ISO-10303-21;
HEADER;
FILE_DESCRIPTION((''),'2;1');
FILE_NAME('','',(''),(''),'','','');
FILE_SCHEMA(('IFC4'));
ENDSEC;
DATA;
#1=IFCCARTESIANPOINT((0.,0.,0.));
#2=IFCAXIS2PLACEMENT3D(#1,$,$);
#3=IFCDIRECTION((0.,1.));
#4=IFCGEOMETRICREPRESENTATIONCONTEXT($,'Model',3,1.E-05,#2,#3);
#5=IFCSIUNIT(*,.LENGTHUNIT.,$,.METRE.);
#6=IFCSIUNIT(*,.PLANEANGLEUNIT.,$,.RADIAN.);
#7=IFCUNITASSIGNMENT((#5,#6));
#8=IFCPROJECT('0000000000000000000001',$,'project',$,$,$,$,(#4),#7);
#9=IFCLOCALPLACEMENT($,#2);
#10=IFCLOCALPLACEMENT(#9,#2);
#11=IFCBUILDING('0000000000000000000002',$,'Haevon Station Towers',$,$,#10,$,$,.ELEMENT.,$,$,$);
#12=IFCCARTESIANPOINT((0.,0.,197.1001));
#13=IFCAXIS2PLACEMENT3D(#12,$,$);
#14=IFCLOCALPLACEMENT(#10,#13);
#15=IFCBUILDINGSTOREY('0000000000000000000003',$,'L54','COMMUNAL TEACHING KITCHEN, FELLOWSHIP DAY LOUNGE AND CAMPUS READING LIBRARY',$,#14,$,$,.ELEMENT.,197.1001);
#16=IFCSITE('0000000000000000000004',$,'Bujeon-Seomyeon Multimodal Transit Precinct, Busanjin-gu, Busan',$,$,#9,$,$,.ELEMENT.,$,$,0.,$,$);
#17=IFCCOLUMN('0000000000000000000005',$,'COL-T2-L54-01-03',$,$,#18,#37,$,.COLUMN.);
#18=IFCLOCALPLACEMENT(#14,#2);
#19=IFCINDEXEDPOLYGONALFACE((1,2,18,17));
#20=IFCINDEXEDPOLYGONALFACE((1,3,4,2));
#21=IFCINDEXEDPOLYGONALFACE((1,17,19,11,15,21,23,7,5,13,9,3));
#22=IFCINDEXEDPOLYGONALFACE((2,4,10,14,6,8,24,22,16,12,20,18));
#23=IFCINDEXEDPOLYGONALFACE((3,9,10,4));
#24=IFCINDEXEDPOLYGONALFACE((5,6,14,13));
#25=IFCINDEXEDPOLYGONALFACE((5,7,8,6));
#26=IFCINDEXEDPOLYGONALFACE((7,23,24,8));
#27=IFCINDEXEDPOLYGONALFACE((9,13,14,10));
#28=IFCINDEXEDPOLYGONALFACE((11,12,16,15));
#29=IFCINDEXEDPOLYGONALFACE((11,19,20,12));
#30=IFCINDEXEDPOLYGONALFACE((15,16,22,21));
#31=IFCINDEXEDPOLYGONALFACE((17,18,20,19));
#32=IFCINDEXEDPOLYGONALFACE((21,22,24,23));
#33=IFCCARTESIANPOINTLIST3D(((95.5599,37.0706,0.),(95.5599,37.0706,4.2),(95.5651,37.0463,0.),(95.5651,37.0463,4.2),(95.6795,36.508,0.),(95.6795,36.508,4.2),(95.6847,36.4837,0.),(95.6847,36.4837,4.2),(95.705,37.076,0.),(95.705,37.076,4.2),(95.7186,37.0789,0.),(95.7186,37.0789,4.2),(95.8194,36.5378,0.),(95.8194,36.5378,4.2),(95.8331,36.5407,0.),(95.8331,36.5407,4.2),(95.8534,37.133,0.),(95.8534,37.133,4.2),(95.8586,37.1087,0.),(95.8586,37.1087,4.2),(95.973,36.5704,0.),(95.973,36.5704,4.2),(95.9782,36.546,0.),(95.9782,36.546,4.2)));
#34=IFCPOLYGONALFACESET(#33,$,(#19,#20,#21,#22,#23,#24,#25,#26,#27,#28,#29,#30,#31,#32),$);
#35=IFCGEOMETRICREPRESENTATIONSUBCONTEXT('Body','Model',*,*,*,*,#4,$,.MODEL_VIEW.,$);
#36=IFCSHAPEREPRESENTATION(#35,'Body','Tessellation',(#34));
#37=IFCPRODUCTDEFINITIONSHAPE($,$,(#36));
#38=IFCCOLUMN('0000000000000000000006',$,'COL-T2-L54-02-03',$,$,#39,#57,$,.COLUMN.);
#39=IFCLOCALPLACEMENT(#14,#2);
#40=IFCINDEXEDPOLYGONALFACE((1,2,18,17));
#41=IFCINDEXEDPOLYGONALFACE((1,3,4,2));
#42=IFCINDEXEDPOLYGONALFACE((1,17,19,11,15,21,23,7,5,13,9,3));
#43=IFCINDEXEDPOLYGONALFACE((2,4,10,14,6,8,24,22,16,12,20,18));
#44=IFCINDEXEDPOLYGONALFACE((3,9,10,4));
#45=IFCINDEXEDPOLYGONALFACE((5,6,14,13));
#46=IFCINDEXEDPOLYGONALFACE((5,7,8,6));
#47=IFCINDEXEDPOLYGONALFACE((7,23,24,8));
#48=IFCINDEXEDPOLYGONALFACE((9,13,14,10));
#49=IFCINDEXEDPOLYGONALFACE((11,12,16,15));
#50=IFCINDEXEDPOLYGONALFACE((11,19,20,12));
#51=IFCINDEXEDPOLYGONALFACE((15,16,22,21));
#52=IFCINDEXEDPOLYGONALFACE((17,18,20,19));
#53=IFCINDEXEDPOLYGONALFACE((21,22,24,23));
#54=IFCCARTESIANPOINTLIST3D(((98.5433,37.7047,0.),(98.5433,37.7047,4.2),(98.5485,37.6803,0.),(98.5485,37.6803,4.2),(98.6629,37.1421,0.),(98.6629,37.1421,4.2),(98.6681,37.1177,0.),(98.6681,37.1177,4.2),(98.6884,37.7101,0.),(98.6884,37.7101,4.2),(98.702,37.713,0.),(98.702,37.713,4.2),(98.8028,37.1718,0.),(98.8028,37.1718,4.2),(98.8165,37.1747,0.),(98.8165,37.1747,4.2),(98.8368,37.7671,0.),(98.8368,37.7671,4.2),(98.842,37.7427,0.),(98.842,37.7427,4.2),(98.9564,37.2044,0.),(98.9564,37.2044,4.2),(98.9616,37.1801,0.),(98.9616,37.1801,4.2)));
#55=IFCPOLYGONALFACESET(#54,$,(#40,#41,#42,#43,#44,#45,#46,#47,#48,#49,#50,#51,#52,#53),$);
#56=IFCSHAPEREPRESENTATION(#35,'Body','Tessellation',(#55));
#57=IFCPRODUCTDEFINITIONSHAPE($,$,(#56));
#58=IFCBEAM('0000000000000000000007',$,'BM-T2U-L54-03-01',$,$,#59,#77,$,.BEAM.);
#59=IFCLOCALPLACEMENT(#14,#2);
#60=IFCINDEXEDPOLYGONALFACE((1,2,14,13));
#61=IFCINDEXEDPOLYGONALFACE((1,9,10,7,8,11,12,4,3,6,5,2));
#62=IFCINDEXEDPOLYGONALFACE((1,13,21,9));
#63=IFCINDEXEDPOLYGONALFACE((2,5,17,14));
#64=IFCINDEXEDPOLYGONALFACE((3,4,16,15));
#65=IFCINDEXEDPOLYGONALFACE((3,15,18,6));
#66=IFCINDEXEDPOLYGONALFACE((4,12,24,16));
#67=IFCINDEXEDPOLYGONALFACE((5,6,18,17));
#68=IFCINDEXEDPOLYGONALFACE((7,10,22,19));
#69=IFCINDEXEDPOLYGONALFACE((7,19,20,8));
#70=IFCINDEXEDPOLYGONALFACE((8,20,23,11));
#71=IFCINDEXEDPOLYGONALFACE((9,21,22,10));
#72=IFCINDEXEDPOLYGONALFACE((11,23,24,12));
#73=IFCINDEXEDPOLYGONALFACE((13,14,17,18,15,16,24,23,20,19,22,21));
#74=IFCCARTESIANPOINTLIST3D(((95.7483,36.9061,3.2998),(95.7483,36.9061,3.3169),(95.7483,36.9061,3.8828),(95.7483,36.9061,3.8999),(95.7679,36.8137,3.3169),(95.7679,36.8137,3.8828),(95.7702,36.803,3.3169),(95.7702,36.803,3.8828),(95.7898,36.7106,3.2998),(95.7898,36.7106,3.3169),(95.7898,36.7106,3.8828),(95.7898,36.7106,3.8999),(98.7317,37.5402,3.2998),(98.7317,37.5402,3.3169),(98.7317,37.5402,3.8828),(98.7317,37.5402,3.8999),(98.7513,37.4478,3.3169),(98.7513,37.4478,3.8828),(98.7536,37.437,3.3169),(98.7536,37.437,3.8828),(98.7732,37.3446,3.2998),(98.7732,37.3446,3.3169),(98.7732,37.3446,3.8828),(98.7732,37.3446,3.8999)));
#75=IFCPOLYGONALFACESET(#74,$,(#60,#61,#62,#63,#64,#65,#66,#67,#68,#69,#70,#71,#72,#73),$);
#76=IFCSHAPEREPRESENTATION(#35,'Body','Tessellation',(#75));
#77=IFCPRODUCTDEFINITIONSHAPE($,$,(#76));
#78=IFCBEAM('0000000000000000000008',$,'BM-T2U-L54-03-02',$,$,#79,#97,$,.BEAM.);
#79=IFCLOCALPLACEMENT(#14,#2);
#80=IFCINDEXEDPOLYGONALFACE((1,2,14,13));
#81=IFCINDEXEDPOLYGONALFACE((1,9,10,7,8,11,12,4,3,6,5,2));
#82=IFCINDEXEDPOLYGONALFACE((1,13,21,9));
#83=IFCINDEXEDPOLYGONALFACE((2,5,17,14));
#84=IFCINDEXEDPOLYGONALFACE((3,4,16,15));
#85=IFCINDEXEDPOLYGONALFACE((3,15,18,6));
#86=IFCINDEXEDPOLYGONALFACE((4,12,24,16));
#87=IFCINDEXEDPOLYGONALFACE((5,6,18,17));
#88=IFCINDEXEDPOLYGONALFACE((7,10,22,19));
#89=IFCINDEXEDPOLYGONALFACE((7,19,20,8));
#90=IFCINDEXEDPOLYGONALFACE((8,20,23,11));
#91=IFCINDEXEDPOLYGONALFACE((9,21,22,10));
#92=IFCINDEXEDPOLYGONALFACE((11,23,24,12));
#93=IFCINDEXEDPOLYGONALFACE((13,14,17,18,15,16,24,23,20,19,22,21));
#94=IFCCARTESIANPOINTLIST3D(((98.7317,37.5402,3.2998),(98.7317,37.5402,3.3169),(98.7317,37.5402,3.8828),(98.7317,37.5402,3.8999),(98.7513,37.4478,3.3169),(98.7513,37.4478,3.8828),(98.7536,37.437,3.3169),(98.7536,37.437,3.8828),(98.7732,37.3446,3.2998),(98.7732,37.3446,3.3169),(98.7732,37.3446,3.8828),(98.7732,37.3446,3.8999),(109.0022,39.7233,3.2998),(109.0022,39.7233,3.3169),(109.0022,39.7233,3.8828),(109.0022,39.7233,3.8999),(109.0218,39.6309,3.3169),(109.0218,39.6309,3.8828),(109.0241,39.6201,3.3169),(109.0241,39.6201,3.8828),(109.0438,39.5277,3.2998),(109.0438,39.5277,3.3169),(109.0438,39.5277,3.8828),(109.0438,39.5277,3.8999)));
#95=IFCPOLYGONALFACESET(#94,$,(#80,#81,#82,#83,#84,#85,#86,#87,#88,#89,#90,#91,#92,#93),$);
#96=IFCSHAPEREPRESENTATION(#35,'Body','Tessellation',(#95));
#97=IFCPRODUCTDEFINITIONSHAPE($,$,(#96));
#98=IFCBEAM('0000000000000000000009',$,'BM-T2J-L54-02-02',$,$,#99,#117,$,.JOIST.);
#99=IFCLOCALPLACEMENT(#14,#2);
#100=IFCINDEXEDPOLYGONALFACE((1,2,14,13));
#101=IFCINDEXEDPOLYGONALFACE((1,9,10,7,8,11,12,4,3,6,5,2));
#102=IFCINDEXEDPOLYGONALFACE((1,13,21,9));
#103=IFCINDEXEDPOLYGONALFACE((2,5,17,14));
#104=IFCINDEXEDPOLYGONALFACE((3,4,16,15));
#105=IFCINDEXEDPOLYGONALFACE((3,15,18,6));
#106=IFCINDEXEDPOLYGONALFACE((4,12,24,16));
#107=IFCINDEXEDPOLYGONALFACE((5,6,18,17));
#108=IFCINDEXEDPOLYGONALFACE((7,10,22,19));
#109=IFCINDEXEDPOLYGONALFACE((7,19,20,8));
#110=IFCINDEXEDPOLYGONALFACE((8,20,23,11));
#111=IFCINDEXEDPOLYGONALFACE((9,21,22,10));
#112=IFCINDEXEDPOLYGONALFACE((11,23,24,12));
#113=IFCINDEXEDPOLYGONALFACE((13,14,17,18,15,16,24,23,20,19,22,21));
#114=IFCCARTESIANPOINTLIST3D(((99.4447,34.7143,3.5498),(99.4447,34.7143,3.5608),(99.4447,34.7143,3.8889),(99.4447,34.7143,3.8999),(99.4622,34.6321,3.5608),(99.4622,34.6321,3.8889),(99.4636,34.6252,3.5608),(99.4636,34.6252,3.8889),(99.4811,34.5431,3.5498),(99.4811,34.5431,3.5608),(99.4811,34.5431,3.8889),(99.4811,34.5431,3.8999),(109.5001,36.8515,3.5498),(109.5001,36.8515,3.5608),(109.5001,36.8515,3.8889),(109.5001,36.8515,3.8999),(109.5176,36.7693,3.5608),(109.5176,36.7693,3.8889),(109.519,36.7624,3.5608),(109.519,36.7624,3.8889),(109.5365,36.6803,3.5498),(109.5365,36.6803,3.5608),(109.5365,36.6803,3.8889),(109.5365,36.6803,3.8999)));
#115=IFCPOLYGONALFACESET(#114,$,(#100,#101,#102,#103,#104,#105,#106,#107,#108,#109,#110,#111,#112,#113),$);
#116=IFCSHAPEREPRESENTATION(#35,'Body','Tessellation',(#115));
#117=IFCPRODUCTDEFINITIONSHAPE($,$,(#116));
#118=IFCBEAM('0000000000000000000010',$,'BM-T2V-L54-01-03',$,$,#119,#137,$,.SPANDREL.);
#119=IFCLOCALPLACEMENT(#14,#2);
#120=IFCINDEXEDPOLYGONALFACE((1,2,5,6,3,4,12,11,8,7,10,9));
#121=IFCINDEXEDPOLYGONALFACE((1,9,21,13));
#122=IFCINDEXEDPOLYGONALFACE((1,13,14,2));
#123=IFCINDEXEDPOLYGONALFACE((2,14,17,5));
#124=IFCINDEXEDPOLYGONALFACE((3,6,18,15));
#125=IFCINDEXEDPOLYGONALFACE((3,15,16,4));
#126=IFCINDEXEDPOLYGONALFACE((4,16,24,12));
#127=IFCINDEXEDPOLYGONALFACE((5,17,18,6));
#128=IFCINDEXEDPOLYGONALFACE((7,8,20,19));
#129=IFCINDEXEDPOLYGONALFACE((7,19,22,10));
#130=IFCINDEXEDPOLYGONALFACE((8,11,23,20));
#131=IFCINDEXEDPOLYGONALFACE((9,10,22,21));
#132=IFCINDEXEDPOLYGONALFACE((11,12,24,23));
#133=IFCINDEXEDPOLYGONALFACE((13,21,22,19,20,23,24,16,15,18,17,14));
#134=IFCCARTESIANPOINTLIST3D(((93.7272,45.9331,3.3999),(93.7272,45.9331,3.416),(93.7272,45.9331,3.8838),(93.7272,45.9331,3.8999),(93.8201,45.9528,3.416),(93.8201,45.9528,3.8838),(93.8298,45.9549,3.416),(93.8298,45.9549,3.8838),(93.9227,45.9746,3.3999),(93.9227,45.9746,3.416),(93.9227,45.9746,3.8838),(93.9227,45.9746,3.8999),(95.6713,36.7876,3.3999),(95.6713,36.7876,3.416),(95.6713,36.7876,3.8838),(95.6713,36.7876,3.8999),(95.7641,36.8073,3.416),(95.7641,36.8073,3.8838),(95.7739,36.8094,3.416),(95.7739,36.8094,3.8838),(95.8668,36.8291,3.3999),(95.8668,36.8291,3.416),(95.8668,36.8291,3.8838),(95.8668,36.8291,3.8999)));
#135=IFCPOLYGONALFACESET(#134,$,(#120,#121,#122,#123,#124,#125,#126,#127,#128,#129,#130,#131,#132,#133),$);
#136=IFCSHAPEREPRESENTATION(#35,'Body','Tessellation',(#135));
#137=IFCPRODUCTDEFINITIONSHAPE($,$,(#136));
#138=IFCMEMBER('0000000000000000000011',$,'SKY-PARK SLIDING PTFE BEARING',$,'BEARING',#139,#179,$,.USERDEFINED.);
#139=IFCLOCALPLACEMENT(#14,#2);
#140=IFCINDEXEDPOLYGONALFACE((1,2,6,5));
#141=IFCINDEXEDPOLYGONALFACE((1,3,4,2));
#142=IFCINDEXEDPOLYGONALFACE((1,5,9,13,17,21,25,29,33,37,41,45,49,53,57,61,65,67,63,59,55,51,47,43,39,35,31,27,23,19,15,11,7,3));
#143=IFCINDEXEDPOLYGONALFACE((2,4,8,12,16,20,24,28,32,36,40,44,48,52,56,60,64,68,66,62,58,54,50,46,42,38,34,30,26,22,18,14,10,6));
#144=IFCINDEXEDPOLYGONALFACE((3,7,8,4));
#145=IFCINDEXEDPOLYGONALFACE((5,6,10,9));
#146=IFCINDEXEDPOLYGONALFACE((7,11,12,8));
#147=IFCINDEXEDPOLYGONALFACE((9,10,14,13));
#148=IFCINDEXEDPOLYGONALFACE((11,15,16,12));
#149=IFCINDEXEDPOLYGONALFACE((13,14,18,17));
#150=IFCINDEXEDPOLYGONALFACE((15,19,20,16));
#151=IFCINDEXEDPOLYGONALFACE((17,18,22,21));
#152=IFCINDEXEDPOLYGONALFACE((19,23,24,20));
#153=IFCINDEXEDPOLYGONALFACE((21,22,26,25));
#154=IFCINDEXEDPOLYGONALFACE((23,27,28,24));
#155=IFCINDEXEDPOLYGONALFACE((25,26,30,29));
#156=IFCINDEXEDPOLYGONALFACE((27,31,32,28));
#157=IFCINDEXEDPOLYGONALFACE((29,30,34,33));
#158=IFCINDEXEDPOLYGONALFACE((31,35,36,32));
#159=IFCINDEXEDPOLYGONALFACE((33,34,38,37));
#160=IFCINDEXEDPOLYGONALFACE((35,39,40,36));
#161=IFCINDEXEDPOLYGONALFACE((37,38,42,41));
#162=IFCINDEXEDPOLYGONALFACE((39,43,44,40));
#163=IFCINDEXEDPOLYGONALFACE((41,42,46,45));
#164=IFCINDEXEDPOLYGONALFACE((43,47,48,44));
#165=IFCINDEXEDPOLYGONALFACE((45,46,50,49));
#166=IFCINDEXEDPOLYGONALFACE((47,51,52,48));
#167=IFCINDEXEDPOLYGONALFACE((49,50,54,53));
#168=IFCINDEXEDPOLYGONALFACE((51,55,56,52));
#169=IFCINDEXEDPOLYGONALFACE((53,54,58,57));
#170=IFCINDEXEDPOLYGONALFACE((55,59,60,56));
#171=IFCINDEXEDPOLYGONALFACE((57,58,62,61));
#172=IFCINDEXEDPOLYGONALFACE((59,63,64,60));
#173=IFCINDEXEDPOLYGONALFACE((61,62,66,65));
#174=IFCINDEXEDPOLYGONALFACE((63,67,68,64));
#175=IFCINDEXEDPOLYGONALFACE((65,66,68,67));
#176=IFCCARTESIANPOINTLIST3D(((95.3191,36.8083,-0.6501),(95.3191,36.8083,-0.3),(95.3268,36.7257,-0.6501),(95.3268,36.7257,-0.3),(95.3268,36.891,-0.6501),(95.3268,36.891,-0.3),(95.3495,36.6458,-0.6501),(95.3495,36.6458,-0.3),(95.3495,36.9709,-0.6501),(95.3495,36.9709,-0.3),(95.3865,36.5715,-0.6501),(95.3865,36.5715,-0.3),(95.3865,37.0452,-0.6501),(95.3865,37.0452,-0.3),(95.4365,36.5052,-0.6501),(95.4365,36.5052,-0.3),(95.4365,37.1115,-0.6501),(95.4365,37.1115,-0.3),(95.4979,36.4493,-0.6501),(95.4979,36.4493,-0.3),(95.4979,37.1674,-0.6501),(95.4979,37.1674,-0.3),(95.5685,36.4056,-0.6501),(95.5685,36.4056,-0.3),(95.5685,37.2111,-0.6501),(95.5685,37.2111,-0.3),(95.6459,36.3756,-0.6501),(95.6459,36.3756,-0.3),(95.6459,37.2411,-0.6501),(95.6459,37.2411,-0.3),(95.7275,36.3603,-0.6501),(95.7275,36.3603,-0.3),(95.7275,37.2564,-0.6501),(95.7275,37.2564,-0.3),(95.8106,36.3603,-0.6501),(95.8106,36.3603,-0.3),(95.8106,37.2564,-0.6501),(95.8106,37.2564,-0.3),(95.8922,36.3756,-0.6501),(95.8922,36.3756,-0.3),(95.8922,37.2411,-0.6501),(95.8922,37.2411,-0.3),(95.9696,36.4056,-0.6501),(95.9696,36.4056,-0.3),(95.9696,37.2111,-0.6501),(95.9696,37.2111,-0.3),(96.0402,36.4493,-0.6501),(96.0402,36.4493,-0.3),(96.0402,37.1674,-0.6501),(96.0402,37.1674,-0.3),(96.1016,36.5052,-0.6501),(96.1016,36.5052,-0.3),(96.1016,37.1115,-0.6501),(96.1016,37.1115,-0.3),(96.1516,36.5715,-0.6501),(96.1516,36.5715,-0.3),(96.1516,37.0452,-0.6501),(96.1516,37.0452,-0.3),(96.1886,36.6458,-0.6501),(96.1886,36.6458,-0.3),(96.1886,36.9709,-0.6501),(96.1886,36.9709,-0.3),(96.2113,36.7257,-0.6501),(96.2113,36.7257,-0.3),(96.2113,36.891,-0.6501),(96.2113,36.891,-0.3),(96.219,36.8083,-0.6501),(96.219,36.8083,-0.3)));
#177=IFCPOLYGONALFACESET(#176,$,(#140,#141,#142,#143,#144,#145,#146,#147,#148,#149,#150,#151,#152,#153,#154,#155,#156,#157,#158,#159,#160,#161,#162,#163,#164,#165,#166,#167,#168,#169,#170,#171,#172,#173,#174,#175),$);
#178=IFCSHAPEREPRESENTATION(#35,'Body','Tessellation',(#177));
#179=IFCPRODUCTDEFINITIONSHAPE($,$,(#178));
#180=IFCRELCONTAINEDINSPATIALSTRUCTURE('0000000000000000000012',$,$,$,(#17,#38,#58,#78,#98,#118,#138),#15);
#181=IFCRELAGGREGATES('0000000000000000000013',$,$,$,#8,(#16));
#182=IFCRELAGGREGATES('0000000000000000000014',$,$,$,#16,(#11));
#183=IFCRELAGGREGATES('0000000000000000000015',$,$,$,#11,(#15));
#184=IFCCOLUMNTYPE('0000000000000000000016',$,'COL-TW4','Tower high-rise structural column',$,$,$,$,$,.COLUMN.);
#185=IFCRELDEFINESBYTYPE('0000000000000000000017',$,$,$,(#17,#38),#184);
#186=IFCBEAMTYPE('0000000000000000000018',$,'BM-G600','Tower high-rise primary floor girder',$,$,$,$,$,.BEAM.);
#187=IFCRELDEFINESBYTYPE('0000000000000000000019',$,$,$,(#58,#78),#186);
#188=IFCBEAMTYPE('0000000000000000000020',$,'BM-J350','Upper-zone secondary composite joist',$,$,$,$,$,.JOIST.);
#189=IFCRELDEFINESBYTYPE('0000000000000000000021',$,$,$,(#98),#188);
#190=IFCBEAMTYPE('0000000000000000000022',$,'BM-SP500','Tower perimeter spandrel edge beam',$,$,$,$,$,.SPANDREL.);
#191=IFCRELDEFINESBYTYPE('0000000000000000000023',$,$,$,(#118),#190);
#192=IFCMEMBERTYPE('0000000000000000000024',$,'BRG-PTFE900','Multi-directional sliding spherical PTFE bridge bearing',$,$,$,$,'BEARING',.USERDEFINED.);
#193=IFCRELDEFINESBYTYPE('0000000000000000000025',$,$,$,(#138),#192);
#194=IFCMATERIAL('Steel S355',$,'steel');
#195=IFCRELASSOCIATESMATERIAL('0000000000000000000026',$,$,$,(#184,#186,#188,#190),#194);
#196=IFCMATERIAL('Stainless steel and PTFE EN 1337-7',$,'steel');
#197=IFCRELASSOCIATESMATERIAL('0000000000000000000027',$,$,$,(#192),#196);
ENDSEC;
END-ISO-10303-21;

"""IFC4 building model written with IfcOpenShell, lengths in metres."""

from ifc_helpers import new_model, si_unit, direction, frame, origin, origin_2d, place, context, subcontext, project, spatial, circle, i_section, extrude, material, material_profile, profile_set, type_object, element, save


model = new_model("IFC4")

# Units and contexts
model_context = context("Model", 3, precision=1e-05, world=origin(), true_north=direction((0.0, 1.0)))
body_context = subcontext(model_context, "Body", "Model", "MODEL_VIEW")
ifc_project = project(units=[si_unit("LENGTHUNIT", "METRE"), si_unit("PLANEANGLEUNIT", "RADIAN")], contexts=[model_context])

# Site, building, storey
site_placement = place(None, origin())
site = spatial("IfcSite", under=ifc_project, at=site_placement, Name="Bujeon-Seomyeon Multimodal Transit Precinct, Busanjin-gu, Busan", CompositionType="ELEMENT", RefElevation=0.0)
building_placement = place(site_placement, origin())
building = spatial("IfcBuilding", under=site, at=building_placement, Name="Haevon Station Towers", CompositionType="ELEMENT")
storey_placement = place(building_placement, frame((0.0, 0.0, 197.1001)))
storey = spatial("IfcBuildingStorey", under=building, at=storey_placement, Name="L54", Description="COMMUNAL TEACHING KITCHEN, FELLOWSHIP DAY LOUNGE AND CAMPUS READING LIBRARY", CompositionType="ELEMENT", Elevation=197.1001)

# Columns
ifc_material_1 = material(Name="Steel S355", Category="steel")
ifc_material_profile_1 = material_profile(ifc_material_1, i_section(OverallWidth=0.3, OverallDepth=0.6001, WebThickness=0.0139, FlangeThickness=0.0249, at=origin_2d()), Name="H-600x300x14x25")
ifc_profile_set_1 = profile_set([ifc_material_profile_1], Name="Steel S355")
column_type = type_object("IfcColumnType", Name="COL-TW4", Description="Tower high-rise structural column", PredefinedType="COLUMN", material=ifc_profile_set_1)
for number, where, z_axis, x_axis, name in (
    (1, (95.769, 36.8083, 0.0), (0.0, 0.0, 1.0), (0.978148, 0.207912, 0.0), "COL-T2-L54-01-03"),
    (2, (98.7524, 37.4424, 0.0), (0.0, 0.0, 1.0), (0.978148, 0.207912, 0.0), "COL-T2-L54-02-03"),
):
    element("IfcColumn", number, at=place(storey_placement, frame(where, z_axis=z_axis, x_axis=x_axis)), inside=storey, type_object=column_type, Name=name, PredefinedType="COLUMN", context=body_context, shape_type="SweptSolid", body=[
        extrude(i_section(OverallWidth=0.3, OverallDepth=0.6001, WebThickness=0.0139, FlangeThickness=0.0249, at=origin_2d()), origin(), (0.0, 0.0, 1.0), 4.2),
    ])

# Beams
ifc_material_profile_2 = material_profile(ifc_material_1, i_section(OverallWidth=0.2, OverallDepth=0.6001, WebThickness=0.011, FlangeThickness=0.0171, at=origin_2d()), Name="H-600x200x11x17")
ifc_profile_set_2 = profile_set([ifc_material_profile_2], Name="Steel S355")
beam_type_1 = type_object("IfcBeamType", Name="BM-G600", Description="Tower high-rise primary floor girder", PredefinedType="BEAM", material=ifc_profile_set_2)
beam_1_placement = place(storey_placement, frame((95.769, 36.8083, 3.5999), z_axis=(0.978155, 0.207878, 0.0), x_axis=(-0.207878, 0.978155, 0.0)))
element("IfcBeam", 3, at=beam_1_placement, inside=storey, type_object=beam_type_1, Name="BM-T2U-L54-03-01", PredefinedType="BEAM", context=body_context, shape_type="SweptSolid", body=[
    extrude(i_section(OverallWidth=0.2, OverallDepth=0.6001, WebThickness=0.011, FlangeThickness=0.0171, at=origin_2d()), origin(), (0.0, 0.0, 1.0), 3.05),
])
beam_2_placement = place(storey_placement, frame((98.7524, 37.4424, 3.5999), z_axis=(0.978147, 0.207915, 0.0), x_axis=(-0.207915, 0.978147, 0.0)))
element("IfcBeam", 4, at=beam_2_placement, inside=storey, type_object=beam_type_1, Name="BM-T2U-L54-03-02", PredefinedType="BEAM", context=body_context, shape_type="SweptSolid", body=[
    extrude(i_section(OverallWidth=0.2, OverallDepth=0.6001, WebThickness=0.011, FlangeThickness=0.0171, at=origin_2d()), origin(), (0.0, 0.0, 1.0), 10.5),
])
ifc_material_profile_3 = material_profile(ifc_material_1, i_section(OverallWidth=0.175, OverallDepth=0.3501, WebThickness=0.0071, FlangeThickness=0.011, at=origin_2d()), Name="H-350x175x7x11")
ifc_profile_set_3 = profile_set([ifc_material_profile_3], Name="Steel S355")
beam_type_2 = type_object("IfcBeamType", Name="BM-J350", Description="Upper-zone secondary composite joist", PredefinedType="JOIST", material=ifc_profile_set_3)
beam_3_placement = place(storey_placement, frame((99.4629, 34.6287, 3.7249), z_axis=(0.97815, 0.207899, 0.0), x_axis=(-0.207899, 0.97815, 0.0)))
element("IfcBeam", 5, at=beam_3_placement, inside=storey, type_object=beam_type_2, Name="BM-T2J-L54-02-02", PredefinedType="JOIST", context=body_context, shape_type="SweptSolid", body=[
    extrude(i_section(OverallWidth=0.175, OverallDepth=0.3501, WebThickness=0.0071, FlangeThickness=0.011, at=origin_2d()), origin(), (0.0, 0.0, 1.0), 10.28),
])
ifc_material_profile_4 = material_profile(ifc_material_1, i_section(OverallWidth=0.2, OverallDepth=0.5, WebThickness=0.01, FlangeThickness=0.0161, at=origin_2d()), Name="H-500x200x10x16")
ifc_profile_set_4 = profile_set([ifc_material_profile_4], Name="Steel S355")
beam_type_3 = type_object("IfcBeamType", Name="BM-SP500", Description="Tower perimeter spandrel edge beam", PredefinedType="SPANDREL", material=ifc_profile_set_4)
beam_4_placement = place(storey_placement, frame((95.769, 36.8083, 3.6499), z_axis=(-0.207927, 0.978144, 0.0), x_axis=(-0.978144, -0.207927, 0.0)))
element("IfcBeam", 6, at=beam_4_placement, inside=storey, type_object=beam_type_3, Name="BM-T2V-L54-01-03", PredefinedType="SPANDREL", context=body_context, shape_type="SweptSolid", body=[
    extrude(i_section(OverallWidth=0.2, OverallDepth=0.5, WebThickness=0.01, FlangeThickness=0.0161, at=origin_2d()), origin(), (0.0, 0.0, 1.0), 9.3499),
])

# Member
ifc_material_2 = material(Name="Stainless steel and PTFE EN 1337-7", Category="steel")
ifc_material_profile_5 = material_profile(ifc_material_2, circle(Radius=0.45, at=origin_2d()), Name="PTFE-BEARING-D900")
ifc_profile_set_5 = profile_set([ifc_material_profile_5], Name="Stainless steel and PTFE EN 1337-7")
member_type_1 = type_object("IfcMemberType", Name="BRG-PTFE900", Description="Multi-directional sliding spherical PTFE bridge bearing", ElementType="BEARING", PredefinedType="USERDEFINED", material=ifc_profile_set_5)
member_1_placement = place(storey_placement, frame((95.769, 36.8083, -0.6501), z_axis=(0.0, 0.0, 1.0), x_axis=(1.0, 0.0, 0.0)))
element("IfcMember", 7, at=member_1_placement, inside=storey, type_object=member_type_1, Name="SKY-PARK SLIDING PTFE BEARING", ObjectType="BEARING", PredefinedType="USERDEFINED", context=body_context, shape_type="SweptSolid", body=[
    extrude(circle(Radius=0.45, at=origin_2d()), origin(), (0.0, 0.0, 1.0), 0.3501),
])

save(model, "model.ifc")
